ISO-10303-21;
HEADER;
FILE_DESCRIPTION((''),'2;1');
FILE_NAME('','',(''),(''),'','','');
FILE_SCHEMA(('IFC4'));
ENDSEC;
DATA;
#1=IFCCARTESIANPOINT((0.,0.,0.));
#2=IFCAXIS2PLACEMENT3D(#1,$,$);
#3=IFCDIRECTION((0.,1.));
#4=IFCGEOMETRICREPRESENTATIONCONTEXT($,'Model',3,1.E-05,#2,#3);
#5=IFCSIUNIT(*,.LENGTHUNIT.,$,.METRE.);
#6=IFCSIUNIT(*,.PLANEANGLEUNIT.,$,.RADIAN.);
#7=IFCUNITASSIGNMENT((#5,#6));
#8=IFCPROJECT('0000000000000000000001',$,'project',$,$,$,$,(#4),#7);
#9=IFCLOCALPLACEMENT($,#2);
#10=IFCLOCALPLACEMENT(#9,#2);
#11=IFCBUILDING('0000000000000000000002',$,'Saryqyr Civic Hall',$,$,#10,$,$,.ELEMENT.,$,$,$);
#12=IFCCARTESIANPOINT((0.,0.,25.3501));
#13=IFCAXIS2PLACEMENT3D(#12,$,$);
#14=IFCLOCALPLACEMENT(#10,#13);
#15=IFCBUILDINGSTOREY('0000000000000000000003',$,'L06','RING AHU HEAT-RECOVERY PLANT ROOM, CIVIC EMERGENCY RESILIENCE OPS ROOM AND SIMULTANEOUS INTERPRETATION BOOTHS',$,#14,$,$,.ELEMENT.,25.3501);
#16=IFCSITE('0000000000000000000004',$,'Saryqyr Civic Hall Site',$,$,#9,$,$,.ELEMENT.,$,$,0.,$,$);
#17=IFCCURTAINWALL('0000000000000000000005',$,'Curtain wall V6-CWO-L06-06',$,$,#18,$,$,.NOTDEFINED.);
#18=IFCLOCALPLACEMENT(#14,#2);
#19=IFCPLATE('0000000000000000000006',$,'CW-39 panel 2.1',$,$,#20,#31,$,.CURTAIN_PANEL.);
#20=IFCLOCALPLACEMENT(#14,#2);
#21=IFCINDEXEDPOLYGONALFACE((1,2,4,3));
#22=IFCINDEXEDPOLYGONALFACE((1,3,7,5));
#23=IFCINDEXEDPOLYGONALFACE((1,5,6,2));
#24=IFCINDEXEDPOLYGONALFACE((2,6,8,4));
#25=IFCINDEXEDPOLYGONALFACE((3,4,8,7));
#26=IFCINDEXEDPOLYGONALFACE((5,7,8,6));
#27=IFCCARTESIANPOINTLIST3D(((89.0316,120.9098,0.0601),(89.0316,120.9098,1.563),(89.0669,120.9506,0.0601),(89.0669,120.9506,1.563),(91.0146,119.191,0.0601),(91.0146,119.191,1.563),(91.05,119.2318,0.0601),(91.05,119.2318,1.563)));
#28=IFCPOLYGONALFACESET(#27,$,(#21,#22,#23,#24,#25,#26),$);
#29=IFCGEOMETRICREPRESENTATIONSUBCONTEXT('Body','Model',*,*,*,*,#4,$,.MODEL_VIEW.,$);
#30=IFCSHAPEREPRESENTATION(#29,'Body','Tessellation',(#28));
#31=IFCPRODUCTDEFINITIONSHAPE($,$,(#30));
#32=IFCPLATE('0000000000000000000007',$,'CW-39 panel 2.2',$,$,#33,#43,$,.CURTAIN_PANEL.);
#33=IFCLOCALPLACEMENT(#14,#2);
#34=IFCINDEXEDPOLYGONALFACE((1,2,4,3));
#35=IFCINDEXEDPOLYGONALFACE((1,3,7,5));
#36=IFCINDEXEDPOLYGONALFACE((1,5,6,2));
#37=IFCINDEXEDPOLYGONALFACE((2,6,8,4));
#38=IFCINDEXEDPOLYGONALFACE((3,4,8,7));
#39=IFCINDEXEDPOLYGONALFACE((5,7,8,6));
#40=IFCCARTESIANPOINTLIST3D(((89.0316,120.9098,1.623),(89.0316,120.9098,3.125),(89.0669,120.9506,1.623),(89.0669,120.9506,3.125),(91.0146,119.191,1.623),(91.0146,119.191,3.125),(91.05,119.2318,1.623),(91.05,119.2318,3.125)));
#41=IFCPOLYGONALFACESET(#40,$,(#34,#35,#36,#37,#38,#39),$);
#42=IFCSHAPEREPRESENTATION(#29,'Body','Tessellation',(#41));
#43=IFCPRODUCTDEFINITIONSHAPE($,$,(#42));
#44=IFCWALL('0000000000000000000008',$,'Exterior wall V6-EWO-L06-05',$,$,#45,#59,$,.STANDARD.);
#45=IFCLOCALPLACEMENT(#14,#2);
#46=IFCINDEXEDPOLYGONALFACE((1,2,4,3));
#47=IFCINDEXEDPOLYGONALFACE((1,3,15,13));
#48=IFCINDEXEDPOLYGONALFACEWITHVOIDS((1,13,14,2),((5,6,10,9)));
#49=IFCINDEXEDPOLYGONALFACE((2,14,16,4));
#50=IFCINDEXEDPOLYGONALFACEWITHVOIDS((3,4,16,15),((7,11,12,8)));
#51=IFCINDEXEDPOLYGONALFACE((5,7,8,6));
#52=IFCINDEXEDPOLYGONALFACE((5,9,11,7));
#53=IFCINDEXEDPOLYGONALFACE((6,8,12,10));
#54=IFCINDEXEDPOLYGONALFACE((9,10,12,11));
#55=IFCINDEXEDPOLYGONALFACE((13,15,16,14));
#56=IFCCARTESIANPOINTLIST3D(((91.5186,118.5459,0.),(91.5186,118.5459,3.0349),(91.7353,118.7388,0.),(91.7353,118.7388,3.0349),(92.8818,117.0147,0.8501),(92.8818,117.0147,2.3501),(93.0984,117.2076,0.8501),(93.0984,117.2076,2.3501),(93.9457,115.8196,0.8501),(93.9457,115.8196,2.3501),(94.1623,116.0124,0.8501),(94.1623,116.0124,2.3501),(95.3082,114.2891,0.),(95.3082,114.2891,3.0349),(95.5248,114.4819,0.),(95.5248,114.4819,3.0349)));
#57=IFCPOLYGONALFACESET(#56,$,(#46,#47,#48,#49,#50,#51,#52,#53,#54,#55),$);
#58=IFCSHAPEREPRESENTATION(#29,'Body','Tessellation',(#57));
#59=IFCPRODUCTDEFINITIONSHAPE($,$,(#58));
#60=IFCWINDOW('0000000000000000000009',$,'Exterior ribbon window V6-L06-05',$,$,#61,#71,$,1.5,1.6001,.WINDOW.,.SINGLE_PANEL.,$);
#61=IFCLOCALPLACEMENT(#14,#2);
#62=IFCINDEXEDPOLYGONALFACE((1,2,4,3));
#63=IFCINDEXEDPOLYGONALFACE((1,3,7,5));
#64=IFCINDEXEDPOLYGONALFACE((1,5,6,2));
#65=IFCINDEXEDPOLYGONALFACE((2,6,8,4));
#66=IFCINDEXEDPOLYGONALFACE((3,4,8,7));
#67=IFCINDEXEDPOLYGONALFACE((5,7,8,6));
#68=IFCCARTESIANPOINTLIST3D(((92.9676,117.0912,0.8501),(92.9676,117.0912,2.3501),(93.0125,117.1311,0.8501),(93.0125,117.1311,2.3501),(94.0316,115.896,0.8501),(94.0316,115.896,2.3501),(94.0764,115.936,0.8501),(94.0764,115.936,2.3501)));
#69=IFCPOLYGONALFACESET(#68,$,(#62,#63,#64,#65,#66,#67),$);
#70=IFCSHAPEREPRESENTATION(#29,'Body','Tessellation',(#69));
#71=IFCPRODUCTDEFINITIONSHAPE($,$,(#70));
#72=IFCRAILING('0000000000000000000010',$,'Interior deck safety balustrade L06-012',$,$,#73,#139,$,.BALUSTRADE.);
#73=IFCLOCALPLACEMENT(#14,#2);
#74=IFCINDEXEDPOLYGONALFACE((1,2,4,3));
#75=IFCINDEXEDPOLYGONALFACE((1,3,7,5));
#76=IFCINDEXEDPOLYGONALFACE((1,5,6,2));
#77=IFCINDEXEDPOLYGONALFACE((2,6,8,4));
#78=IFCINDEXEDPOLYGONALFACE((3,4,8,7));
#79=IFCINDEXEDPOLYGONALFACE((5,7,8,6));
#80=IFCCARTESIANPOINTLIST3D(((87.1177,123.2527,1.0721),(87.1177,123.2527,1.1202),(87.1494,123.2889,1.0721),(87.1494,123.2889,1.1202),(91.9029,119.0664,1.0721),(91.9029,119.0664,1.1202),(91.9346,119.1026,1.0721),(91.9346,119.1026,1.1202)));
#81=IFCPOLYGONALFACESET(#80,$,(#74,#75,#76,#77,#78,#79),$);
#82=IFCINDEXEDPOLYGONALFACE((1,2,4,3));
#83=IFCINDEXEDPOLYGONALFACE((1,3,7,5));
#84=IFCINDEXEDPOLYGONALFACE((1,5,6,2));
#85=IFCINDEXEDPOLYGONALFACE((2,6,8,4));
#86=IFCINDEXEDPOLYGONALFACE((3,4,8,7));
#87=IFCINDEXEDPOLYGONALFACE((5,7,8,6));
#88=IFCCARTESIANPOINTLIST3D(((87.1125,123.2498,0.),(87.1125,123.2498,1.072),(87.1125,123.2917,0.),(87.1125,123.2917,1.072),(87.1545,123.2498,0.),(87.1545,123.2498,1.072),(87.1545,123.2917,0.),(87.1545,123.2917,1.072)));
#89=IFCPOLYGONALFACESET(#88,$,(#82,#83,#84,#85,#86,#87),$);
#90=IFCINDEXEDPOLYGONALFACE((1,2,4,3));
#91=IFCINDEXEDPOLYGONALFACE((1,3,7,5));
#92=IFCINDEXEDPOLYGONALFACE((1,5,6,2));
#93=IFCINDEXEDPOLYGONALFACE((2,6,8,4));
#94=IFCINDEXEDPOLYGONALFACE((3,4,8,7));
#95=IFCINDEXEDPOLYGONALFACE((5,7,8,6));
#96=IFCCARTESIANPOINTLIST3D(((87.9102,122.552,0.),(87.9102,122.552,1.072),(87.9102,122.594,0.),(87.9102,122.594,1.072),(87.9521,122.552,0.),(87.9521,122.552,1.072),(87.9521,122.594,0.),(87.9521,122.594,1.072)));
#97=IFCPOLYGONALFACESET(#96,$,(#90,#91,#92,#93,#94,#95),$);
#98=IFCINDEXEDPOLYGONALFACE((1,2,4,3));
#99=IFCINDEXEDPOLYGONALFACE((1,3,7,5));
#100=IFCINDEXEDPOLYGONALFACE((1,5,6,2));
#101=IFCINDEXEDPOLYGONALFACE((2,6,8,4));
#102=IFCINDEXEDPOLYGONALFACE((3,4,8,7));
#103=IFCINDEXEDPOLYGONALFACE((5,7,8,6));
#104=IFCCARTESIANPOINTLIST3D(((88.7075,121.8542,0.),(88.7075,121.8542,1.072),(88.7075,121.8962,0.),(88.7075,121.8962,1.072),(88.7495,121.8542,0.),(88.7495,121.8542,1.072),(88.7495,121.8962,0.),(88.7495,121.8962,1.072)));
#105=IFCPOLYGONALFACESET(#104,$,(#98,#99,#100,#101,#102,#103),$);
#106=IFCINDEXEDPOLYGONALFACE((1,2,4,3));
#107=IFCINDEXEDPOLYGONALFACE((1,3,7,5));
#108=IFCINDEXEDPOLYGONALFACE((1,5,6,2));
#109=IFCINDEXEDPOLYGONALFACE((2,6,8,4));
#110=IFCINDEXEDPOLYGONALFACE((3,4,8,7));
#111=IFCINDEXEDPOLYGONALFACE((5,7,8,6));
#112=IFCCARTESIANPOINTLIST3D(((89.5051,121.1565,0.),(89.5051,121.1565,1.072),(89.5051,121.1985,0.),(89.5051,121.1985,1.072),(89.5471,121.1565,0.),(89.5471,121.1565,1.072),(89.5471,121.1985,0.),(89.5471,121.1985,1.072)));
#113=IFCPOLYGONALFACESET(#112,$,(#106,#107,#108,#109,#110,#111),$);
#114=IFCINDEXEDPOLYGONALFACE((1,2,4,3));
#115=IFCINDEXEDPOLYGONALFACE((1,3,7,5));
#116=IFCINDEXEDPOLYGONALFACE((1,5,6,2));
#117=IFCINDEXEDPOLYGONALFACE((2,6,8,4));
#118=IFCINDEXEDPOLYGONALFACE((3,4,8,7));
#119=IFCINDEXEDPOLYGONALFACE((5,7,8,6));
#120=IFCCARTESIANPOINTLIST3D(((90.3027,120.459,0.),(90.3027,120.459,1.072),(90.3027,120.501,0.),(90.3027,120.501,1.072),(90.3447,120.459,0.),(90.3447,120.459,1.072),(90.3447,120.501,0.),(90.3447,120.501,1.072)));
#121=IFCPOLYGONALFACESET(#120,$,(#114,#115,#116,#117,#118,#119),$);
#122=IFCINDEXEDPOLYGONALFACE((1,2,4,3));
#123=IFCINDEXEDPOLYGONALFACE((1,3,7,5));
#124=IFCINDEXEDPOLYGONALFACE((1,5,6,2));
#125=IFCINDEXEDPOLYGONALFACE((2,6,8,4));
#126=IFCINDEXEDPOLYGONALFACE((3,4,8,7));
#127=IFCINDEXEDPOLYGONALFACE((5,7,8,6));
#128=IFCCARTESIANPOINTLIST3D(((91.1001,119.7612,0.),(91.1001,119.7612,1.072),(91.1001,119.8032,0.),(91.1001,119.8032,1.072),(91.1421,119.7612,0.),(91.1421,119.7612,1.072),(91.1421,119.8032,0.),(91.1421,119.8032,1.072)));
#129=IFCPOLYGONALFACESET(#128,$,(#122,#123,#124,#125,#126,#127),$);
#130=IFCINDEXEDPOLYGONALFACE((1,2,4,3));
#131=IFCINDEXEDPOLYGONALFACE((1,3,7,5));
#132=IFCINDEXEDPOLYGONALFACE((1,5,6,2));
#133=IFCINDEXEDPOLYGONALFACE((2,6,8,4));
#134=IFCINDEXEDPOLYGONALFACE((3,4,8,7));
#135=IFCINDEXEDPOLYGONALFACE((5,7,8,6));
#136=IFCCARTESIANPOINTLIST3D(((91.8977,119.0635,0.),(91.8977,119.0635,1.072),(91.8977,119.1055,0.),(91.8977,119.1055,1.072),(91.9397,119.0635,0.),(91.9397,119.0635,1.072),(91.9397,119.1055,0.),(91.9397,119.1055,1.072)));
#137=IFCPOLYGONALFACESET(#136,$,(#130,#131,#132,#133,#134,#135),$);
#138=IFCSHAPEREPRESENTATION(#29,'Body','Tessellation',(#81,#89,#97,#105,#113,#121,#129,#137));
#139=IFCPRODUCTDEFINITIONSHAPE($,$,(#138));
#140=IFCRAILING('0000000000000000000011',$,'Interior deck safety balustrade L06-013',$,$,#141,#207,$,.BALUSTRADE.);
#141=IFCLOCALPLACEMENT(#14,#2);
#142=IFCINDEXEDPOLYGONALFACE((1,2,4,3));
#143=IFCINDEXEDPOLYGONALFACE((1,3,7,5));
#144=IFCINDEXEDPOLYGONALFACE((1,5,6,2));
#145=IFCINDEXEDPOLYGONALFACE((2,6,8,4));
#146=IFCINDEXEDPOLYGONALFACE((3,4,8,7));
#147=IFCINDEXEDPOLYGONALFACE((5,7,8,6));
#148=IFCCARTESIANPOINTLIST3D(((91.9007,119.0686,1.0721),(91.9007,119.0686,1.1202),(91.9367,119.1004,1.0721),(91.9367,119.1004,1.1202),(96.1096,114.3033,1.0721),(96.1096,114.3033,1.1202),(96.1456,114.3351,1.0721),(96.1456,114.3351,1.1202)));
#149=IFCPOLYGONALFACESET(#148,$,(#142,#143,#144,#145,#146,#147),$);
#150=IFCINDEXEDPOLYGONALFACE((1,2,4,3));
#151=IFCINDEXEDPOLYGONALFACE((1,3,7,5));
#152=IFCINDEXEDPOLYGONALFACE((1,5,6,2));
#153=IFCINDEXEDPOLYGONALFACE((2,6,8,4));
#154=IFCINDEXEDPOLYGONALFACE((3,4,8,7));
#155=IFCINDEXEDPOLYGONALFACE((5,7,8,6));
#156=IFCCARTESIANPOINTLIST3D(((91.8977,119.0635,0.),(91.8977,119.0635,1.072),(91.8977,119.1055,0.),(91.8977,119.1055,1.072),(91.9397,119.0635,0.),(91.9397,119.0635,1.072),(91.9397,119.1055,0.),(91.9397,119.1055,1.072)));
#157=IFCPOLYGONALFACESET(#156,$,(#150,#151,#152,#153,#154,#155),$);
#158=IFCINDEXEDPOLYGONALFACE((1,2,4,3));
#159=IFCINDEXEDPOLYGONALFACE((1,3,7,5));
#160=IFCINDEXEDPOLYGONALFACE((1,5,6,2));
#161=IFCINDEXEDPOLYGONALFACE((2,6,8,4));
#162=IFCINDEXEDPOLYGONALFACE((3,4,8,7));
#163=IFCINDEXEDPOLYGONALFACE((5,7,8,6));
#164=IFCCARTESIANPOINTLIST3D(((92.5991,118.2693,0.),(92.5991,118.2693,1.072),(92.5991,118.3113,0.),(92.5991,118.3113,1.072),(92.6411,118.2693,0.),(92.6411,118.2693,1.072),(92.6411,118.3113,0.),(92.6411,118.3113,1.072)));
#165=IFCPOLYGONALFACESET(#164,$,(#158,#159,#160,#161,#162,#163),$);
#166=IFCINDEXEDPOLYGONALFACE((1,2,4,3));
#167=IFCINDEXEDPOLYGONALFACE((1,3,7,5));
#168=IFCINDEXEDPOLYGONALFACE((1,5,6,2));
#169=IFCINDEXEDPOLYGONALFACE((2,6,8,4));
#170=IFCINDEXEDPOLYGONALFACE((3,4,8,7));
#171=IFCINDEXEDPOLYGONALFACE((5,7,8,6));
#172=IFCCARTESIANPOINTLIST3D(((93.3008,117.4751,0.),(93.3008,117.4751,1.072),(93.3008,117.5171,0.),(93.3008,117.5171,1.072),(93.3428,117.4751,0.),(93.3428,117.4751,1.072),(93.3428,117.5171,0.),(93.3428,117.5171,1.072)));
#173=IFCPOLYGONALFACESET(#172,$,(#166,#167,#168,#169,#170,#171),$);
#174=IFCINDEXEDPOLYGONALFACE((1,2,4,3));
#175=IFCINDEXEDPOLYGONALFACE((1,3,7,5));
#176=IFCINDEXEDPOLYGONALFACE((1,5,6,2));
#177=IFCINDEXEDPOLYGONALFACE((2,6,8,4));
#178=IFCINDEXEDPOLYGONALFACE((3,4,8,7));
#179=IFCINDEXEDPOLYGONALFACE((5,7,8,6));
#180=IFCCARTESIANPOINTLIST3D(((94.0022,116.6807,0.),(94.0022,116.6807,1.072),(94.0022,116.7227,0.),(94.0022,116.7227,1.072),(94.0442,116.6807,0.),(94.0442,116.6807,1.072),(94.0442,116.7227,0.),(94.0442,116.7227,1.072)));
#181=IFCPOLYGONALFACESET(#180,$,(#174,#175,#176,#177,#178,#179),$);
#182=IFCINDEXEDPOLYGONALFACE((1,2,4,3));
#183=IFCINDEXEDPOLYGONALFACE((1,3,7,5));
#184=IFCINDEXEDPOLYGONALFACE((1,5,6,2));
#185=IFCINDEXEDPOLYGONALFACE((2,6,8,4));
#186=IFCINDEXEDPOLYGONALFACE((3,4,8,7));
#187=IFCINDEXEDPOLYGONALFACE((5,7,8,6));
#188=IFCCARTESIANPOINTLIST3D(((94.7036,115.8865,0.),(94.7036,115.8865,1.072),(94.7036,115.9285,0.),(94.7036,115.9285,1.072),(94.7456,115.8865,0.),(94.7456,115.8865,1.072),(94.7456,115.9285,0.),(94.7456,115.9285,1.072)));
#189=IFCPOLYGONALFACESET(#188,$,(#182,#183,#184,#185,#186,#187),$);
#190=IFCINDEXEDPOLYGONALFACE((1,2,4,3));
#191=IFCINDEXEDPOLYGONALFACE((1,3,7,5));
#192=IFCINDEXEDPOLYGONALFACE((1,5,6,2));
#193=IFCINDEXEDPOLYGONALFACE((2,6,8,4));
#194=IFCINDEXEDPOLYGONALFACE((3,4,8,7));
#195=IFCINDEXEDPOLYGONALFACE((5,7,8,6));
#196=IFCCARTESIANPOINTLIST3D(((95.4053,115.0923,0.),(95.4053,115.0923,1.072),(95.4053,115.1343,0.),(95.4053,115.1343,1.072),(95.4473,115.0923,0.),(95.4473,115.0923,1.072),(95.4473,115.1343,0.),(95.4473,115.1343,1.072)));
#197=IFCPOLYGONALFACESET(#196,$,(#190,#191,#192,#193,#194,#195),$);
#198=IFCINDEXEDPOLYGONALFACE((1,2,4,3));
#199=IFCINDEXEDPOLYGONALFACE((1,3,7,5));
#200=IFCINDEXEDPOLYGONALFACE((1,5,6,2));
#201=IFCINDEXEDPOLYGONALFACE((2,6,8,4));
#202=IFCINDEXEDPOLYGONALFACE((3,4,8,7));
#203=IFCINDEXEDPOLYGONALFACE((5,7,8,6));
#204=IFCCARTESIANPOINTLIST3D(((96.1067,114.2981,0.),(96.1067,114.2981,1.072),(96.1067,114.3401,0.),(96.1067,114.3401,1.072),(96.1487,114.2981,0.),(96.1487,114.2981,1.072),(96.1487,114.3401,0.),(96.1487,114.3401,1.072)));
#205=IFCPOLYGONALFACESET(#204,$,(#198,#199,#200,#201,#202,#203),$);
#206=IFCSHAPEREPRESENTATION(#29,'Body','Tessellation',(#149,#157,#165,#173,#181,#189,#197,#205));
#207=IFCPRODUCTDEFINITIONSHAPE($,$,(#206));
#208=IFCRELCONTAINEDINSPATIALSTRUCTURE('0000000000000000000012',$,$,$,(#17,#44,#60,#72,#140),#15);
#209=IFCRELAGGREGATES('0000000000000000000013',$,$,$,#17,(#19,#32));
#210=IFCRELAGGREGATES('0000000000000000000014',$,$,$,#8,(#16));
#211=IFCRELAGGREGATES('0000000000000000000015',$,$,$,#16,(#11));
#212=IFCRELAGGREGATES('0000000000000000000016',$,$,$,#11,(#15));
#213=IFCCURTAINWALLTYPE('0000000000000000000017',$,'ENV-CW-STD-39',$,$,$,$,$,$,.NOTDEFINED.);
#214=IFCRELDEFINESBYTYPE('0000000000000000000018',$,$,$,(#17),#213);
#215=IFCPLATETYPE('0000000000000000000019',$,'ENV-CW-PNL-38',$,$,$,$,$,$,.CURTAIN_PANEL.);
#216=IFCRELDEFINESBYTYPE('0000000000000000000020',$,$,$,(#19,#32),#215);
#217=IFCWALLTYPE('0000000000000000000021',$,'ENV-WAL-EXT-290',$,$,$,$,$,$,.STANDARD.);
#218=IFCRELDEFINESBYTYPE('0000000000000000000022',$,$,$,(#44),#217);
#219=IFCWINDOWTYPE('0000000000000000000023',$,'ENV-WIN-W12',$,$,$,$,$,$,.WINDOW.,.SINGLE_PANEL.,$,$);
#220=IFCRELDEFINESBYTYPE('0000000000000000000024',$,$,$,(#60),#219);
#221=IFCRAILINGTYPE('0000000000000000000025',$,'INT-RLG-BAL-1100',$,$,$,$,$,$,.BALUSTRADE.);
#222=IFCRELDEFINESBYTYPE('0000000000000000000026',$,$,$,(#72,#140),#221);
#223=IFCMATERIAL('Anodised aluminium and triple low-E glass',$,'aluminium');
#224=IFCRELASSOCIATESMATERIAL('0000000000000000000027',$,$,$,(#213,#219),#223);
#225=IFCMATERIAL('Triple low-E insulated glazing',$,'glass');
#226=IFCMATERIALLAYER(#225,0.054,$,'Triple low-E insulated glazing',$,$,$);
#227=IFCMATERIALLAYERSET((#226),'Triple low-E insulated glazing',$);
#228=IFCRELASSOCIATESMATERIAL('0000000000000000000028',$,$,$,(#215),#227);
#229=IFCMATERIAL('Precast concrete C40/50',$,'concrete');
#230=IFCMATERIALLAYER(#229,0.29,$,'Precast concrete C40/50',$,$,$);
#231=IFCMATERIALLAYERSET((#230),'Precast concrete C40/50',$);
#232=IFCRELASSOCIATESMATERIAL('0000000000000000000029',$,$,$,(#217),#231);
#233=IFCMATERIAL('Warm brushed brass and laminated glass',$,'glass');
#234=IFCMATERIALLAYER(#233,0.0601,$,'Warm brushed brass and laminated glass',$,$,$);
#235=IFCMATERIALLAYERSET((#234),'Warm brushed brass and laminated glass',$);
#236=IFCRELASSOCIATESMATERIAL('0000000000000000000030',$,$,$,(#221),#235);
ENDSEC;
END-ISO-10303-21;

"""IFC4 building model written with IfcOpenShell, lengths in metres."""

from ifc_helpers import new_model, si_unit, direction, frame, frame_2d, origin, origin_2d, place, context, subcontext, project, spatial, rectangle, extrude, material, layer, layer_set, type_object, element, fill, aggregate, save


model = new_model("IFC4")

# Units and contexts
model_context = context("Model", 3, precision=1e-05, world=origin(), true_north=direction((0.0, 1.0)))
body_context = subcontext(model_context, "Body", "Model", "MODEL_VIEW")
ifc_project = project(units=[si_unit("LENGTHUNIT", "METRE"), si_unit("PLANEANGLEUNIT", "RADIAN")], contexts=[model_context])

# Site, building, storey
site_placement = place(None, origin())
site = spatial("IfcSite", under=ifc_project, at=site_placement, Name="Saryqyr Civic Hall Site", CompositionType="ELEMENT", RefElevation=0.0)
building_placement = place(site_placement, origin())
building = spatial("IfcBuilding", under=site, at=building_placement, Name="Saryqyr Civic Hall", CompositionType="ELEMENT")
storey_placement = place(building_placement, frame((0.0, 0.0, 25.3501)))
storey = spatial("IfcBuildingStorey", under=building, at=storey_placement, Name="L06", Description="RING AHU HEAT-RECOVERY PLANT ROOM, CIVIC EMERGENCY RESILIENCE OPS ROOM AND SIMULTANEOUS INTERPRETATION BOOTHS", CompositionType="ELEMENT", Elevation=25.3501)

# Curtain wall
ifc_material_1 = material(Name="Anodised aluminium and triple low-E glass", Category="aluminium")
curtain_wall_type = type_object("IfcCurtainWallType", Name="ENV-CW-STD-39", PredefinedType="NOTDEFINED", material=ifc_material_1)
curtain_wall_placement = place(storey_placement, origin())
curtain_wall = element("IfcCurtainWall", 1, at=curtain_wall_placement, inside=storey, type_object=curtain_wall_type, Name="Curtain wall V6-CWO-L06-06", PredefinedType="NOTDEFINED")

# Plates
ifc_material_2 = material(Name="Triple low-E insulated glazing", Category="glass")
ifc_layer_1 = layer(ifc_material_2, 0.054, Name="Triple low-E insulated glazing")
ifc_layer_set_1 = layer_set([ifc_layer_1], Name="Triple low-E insulated glazing")
plate_type = type_object("IfcPlateType", Name="ENV-CW-PNL-38", PredefinedType="CURTAIN_PANEL", material=ifc_layer_set_1)
plate_1_placement = place(storey_placement, frame((90.0408, 120.0708, 0.0601), z_axis=(0.0, 0.0, 1.0), x_axis=(0.755657, -0.654967, 0.0)))
plate_1 = element("IfcPlate", 2, at=plate_1_placement, type_object=plate_type, Name="CW-39 panel 2.1", PredefinedType="CURTAIN_PANEL", context=body_context, shape_type="SweptSolid", body=[
    extrude(rectangle(XDim=2.6243, YDim=0.054, at=origin_2d()), origin(), (0.0, 0.0, 1.0), 1.5029),
])
plate_2_placement = place(storey_placement, frame((90.0408, 120.0708, 1.623), z_axis=(0.0, 0.0, 1.0), x_axis=(0.755657, -0.654967, 0.0)))
plate_2 = element("IfcPlate", 3, at=plate_2_placement, type_object=plate_type, Name="CW-39 panel 2.2", PredefinedType="CURTAIN_PANEL", context=body_context, shape_type="SweptSolid", body=[
    extrude(rectangle(XDim=2.6243, YDim=0.054, at=origin_2d()), origin(), (0.0, 0.0, 1.0), 1.502),
])
aggregate(curtain_wall, [plate_1, plate_2])

# Wall, opening, window
ifc_material_3 = material(Name="Precast concrete C40/50", Category="concrete")
ifc_layer_2 = layer(ifc_material_3, 0.29, Name="Precast concrete C40/50")
ifc_layer_set_2 = layer_set([ifc_layer_2], Name="Precast concrete C40/50")
wall_type = type_object("IfcWallType", Name="ENV-WAL-EXT-290", PredefinedType="STANDARD", material=ifc_layer_set_2)
wall_placement = place(storey_placement, frame((91.627, 118.6423, 0.0), z_axis=(0.0, 0.0, 1.0), x_axis=(0.664922, -0.746913, 0.0)))
wall = element("IfcWall", 4, at=wall_placement, inside=storey, type_object=wall_type, Name="Exterior wall V6-EWO-L06-05", PredefinedType="STANDARD", context=body_context, shape_type="SweptSolid", body=[
    extrude(rectangle(XDim=5.6992, YDim=0.29, at=frame_2d((2.8496, 0.0))), origin(), (0.0, 0.0, 1.0), 3.0349),
])
opening_placement = place(wall_placement, frame((2.05, 0.0, 0.8501)))
opening = element("IfcOpeningElement", 5, at=opening_placement, cuts=wall, PredefinedType="OPENING", context=body_context, shape_type="SweptSolid", body=[
    extrude(rectangle(XDim=1.6001, YDim=1.5, at=frame_2d((0.8, 0.75))), frame((0.0, 0.155, 0.0), z_axis=(0.0, -1.0, 0.0), x_axis=(1.0, 0.0, 0.0)), (0.0, 0.0, 1.0), 0.3101),
])
window_type = type_object("IfcWindowType", Name="ENV-WIN-W12", PartitioningType="SINGLE_PANEL", PredefinedType="WINDOW", material=ifc_material_1)
window_placement = place(opening_placement, origin())
window = element("IfcWindow", 6, at=window_placement, inside=storey, type_object=window_type, Name="Exterior ribbon window V6-L06-05", OverallHeight=1.5, OverallWidth=1.6001, PartitioningType="SINGLE_PANEL", PredefinedType="WINDOW", context=body_context, shape_type="SweptSolid", body=[
    extrude(rectangle(XDim=1.6001, YDim=1.5, at=frame_2d((0.8, 0.75))), frame((0.0, 0.03, 0.0), z_axis=(0.0, -1.0, 0.0), x_axis=(1.0, 0.0, 0.0)), (0.0, 0.0, 1.0), 0.0601),
])
fill(opening, window)

# Railings
ifc_material_4 = material(Name="Warm brushed brass and laminated glass", Category="glass")
ifc_layer_3 = layer(ifc_material_4, 0.0601, Name="Warm brushed brass and laminated glass")
ifc_layer_set_3 = layer_set([ifc_layer_3], Name="Warm brushed brass and laminated glass")
railing_type = type_object("IfcRailingType", Name="INT-RLG-BAL-1100", PredefinedType="BALUSTRADE", material=ifc_layer_set_3)
railing_1_placement = place(storey_placement, frame((87.1335, 123.2708, 0.0)))
element("IfcRailing", 7, at=railing_1_placement, inside=storey, type_object=railing_type, Name="Interior deck safety balustrade L06-012", PredefinedType="BALUSTRADE", context=body_context, shape_type="SweptSolid", body=[
    extrude(rectangle(XDim=0.0481, YDim=0.0481, at=origin_2d()), frame((0.0, 0.0, 1.0962), z_axis=(0.752634, -0.658439, 0.0), x_axis=(0.658439, 0.752634, 0.0)), (0.0, 0.0, 1.0), 6.3579),
    extrude(rectangle(XDim=0.042, YDim=0.042, at=origin_2d()), origin(), (0.0, 0.0, 1.0), 1.072),
    extrude(rectangle(XDim=0.042, YDim=0.042, at=origin_2d()), frame((0.7976, -0.6978, 0.0)), (0.0, 0.0, 1.0), 1.072),
    extrude(rectangle(XDim=0.042, YDim=0.042, at=origin_2d()), frame((1.595, -1.3955, 0.0)), (0.0, 0.0, 1.0), 1.072),
    extrude(rectangle(XDim=0.042, YDim=0.042, at=origin_2d()), frame((2.3926, -2.0933, 0.0)), (0.0, 0.0, 1.0), 1.072),
    extrude(rectangle(XDim=0.042, YDim=0.042, at=origin_2d()), frame((3.1902, -2.7908, 0.0)), (0.0, 0.0, 1.0), 1.072),
    extrude(rectangle(XDim=0.042, YDim=0.042, at=origin_2d()), frame((3.9875, -3.4885, 0.0)), (0.0, 0.0, 1.0), 1.072),
    extrude(rectangle(XDim=0.042, YDim=0.042, at=origin_2d()), frame((4.7852, -4.1863, 0.0)), (0.0, 0.0, 1.0), 1.072),
])
railing_2_placement = place(storey_placement, frame((91.9187, 119.0845, 0.0)))
element("IfcRailing", 8, at=railing_2_placement, inside=storey, type_object=railing_type, Name="Interior deck safety balustrade L06-013", PredefinedType="BALUSTRADE", context=body_context, shape_type="SweptSolid", body=[
    extrude(rectangle(XDim=0.0481, YDim=0.0481, at=origin_2d()), frame((0.0, 0.0, 1.0962), z_axis=(0.661996, -0.749507, 0.0), x_axis=(0.749507, 0.661996, 0.0)), (0.0, 0.0, 1.0), 6.3579),
    extrude(rectangle(XDim=0.042, YDim=0.042, at=origin_2d()), origin(), (0.0, 0.0, 1.0), 1.072),
    extrude(rectangle(XDim=0.042, YDim=0.042, at=origin_2d()), frame((0.7014, -0.7942, 0.0)), (0.0, 0.0, 1.0), 1.072),
    extrude(rectangle(XDim=0.042, YDim=0.042, at=origin_2d()), frame((1.4031, -1.5884, 0.0)), (0.0, 0.0, 1.0), 1.072),
    extrude(rectangle(XDim=0.042, YDim=0.042, at=origin_2d()), frame((2.1045, -2.3828, 0.0)), (0.0, 0.0, 1.0), 1.072),
    extrude(rectangle(XDim=0.042, YDim=0.042, at=origin_2d()), frame((2.8059, -3.177, 0.0)), (0.0, 0.0, 1.0), 1.072),
    extrude(rectangle(XDim=0.042, YDim=0.042, at=origin_2d()), frame((3.5076, -3.9712, 0.0)), (0.0, 0.0, 1.0), 1.072),
    extrude(rectangle(XDim=0.042, YDim=0.042, at=origin_2d()), frame((4.209, -4.7654, 0.0)), (0.0, 0.0, 1.0), 1.072),
])

save(model, "model.ifc")
